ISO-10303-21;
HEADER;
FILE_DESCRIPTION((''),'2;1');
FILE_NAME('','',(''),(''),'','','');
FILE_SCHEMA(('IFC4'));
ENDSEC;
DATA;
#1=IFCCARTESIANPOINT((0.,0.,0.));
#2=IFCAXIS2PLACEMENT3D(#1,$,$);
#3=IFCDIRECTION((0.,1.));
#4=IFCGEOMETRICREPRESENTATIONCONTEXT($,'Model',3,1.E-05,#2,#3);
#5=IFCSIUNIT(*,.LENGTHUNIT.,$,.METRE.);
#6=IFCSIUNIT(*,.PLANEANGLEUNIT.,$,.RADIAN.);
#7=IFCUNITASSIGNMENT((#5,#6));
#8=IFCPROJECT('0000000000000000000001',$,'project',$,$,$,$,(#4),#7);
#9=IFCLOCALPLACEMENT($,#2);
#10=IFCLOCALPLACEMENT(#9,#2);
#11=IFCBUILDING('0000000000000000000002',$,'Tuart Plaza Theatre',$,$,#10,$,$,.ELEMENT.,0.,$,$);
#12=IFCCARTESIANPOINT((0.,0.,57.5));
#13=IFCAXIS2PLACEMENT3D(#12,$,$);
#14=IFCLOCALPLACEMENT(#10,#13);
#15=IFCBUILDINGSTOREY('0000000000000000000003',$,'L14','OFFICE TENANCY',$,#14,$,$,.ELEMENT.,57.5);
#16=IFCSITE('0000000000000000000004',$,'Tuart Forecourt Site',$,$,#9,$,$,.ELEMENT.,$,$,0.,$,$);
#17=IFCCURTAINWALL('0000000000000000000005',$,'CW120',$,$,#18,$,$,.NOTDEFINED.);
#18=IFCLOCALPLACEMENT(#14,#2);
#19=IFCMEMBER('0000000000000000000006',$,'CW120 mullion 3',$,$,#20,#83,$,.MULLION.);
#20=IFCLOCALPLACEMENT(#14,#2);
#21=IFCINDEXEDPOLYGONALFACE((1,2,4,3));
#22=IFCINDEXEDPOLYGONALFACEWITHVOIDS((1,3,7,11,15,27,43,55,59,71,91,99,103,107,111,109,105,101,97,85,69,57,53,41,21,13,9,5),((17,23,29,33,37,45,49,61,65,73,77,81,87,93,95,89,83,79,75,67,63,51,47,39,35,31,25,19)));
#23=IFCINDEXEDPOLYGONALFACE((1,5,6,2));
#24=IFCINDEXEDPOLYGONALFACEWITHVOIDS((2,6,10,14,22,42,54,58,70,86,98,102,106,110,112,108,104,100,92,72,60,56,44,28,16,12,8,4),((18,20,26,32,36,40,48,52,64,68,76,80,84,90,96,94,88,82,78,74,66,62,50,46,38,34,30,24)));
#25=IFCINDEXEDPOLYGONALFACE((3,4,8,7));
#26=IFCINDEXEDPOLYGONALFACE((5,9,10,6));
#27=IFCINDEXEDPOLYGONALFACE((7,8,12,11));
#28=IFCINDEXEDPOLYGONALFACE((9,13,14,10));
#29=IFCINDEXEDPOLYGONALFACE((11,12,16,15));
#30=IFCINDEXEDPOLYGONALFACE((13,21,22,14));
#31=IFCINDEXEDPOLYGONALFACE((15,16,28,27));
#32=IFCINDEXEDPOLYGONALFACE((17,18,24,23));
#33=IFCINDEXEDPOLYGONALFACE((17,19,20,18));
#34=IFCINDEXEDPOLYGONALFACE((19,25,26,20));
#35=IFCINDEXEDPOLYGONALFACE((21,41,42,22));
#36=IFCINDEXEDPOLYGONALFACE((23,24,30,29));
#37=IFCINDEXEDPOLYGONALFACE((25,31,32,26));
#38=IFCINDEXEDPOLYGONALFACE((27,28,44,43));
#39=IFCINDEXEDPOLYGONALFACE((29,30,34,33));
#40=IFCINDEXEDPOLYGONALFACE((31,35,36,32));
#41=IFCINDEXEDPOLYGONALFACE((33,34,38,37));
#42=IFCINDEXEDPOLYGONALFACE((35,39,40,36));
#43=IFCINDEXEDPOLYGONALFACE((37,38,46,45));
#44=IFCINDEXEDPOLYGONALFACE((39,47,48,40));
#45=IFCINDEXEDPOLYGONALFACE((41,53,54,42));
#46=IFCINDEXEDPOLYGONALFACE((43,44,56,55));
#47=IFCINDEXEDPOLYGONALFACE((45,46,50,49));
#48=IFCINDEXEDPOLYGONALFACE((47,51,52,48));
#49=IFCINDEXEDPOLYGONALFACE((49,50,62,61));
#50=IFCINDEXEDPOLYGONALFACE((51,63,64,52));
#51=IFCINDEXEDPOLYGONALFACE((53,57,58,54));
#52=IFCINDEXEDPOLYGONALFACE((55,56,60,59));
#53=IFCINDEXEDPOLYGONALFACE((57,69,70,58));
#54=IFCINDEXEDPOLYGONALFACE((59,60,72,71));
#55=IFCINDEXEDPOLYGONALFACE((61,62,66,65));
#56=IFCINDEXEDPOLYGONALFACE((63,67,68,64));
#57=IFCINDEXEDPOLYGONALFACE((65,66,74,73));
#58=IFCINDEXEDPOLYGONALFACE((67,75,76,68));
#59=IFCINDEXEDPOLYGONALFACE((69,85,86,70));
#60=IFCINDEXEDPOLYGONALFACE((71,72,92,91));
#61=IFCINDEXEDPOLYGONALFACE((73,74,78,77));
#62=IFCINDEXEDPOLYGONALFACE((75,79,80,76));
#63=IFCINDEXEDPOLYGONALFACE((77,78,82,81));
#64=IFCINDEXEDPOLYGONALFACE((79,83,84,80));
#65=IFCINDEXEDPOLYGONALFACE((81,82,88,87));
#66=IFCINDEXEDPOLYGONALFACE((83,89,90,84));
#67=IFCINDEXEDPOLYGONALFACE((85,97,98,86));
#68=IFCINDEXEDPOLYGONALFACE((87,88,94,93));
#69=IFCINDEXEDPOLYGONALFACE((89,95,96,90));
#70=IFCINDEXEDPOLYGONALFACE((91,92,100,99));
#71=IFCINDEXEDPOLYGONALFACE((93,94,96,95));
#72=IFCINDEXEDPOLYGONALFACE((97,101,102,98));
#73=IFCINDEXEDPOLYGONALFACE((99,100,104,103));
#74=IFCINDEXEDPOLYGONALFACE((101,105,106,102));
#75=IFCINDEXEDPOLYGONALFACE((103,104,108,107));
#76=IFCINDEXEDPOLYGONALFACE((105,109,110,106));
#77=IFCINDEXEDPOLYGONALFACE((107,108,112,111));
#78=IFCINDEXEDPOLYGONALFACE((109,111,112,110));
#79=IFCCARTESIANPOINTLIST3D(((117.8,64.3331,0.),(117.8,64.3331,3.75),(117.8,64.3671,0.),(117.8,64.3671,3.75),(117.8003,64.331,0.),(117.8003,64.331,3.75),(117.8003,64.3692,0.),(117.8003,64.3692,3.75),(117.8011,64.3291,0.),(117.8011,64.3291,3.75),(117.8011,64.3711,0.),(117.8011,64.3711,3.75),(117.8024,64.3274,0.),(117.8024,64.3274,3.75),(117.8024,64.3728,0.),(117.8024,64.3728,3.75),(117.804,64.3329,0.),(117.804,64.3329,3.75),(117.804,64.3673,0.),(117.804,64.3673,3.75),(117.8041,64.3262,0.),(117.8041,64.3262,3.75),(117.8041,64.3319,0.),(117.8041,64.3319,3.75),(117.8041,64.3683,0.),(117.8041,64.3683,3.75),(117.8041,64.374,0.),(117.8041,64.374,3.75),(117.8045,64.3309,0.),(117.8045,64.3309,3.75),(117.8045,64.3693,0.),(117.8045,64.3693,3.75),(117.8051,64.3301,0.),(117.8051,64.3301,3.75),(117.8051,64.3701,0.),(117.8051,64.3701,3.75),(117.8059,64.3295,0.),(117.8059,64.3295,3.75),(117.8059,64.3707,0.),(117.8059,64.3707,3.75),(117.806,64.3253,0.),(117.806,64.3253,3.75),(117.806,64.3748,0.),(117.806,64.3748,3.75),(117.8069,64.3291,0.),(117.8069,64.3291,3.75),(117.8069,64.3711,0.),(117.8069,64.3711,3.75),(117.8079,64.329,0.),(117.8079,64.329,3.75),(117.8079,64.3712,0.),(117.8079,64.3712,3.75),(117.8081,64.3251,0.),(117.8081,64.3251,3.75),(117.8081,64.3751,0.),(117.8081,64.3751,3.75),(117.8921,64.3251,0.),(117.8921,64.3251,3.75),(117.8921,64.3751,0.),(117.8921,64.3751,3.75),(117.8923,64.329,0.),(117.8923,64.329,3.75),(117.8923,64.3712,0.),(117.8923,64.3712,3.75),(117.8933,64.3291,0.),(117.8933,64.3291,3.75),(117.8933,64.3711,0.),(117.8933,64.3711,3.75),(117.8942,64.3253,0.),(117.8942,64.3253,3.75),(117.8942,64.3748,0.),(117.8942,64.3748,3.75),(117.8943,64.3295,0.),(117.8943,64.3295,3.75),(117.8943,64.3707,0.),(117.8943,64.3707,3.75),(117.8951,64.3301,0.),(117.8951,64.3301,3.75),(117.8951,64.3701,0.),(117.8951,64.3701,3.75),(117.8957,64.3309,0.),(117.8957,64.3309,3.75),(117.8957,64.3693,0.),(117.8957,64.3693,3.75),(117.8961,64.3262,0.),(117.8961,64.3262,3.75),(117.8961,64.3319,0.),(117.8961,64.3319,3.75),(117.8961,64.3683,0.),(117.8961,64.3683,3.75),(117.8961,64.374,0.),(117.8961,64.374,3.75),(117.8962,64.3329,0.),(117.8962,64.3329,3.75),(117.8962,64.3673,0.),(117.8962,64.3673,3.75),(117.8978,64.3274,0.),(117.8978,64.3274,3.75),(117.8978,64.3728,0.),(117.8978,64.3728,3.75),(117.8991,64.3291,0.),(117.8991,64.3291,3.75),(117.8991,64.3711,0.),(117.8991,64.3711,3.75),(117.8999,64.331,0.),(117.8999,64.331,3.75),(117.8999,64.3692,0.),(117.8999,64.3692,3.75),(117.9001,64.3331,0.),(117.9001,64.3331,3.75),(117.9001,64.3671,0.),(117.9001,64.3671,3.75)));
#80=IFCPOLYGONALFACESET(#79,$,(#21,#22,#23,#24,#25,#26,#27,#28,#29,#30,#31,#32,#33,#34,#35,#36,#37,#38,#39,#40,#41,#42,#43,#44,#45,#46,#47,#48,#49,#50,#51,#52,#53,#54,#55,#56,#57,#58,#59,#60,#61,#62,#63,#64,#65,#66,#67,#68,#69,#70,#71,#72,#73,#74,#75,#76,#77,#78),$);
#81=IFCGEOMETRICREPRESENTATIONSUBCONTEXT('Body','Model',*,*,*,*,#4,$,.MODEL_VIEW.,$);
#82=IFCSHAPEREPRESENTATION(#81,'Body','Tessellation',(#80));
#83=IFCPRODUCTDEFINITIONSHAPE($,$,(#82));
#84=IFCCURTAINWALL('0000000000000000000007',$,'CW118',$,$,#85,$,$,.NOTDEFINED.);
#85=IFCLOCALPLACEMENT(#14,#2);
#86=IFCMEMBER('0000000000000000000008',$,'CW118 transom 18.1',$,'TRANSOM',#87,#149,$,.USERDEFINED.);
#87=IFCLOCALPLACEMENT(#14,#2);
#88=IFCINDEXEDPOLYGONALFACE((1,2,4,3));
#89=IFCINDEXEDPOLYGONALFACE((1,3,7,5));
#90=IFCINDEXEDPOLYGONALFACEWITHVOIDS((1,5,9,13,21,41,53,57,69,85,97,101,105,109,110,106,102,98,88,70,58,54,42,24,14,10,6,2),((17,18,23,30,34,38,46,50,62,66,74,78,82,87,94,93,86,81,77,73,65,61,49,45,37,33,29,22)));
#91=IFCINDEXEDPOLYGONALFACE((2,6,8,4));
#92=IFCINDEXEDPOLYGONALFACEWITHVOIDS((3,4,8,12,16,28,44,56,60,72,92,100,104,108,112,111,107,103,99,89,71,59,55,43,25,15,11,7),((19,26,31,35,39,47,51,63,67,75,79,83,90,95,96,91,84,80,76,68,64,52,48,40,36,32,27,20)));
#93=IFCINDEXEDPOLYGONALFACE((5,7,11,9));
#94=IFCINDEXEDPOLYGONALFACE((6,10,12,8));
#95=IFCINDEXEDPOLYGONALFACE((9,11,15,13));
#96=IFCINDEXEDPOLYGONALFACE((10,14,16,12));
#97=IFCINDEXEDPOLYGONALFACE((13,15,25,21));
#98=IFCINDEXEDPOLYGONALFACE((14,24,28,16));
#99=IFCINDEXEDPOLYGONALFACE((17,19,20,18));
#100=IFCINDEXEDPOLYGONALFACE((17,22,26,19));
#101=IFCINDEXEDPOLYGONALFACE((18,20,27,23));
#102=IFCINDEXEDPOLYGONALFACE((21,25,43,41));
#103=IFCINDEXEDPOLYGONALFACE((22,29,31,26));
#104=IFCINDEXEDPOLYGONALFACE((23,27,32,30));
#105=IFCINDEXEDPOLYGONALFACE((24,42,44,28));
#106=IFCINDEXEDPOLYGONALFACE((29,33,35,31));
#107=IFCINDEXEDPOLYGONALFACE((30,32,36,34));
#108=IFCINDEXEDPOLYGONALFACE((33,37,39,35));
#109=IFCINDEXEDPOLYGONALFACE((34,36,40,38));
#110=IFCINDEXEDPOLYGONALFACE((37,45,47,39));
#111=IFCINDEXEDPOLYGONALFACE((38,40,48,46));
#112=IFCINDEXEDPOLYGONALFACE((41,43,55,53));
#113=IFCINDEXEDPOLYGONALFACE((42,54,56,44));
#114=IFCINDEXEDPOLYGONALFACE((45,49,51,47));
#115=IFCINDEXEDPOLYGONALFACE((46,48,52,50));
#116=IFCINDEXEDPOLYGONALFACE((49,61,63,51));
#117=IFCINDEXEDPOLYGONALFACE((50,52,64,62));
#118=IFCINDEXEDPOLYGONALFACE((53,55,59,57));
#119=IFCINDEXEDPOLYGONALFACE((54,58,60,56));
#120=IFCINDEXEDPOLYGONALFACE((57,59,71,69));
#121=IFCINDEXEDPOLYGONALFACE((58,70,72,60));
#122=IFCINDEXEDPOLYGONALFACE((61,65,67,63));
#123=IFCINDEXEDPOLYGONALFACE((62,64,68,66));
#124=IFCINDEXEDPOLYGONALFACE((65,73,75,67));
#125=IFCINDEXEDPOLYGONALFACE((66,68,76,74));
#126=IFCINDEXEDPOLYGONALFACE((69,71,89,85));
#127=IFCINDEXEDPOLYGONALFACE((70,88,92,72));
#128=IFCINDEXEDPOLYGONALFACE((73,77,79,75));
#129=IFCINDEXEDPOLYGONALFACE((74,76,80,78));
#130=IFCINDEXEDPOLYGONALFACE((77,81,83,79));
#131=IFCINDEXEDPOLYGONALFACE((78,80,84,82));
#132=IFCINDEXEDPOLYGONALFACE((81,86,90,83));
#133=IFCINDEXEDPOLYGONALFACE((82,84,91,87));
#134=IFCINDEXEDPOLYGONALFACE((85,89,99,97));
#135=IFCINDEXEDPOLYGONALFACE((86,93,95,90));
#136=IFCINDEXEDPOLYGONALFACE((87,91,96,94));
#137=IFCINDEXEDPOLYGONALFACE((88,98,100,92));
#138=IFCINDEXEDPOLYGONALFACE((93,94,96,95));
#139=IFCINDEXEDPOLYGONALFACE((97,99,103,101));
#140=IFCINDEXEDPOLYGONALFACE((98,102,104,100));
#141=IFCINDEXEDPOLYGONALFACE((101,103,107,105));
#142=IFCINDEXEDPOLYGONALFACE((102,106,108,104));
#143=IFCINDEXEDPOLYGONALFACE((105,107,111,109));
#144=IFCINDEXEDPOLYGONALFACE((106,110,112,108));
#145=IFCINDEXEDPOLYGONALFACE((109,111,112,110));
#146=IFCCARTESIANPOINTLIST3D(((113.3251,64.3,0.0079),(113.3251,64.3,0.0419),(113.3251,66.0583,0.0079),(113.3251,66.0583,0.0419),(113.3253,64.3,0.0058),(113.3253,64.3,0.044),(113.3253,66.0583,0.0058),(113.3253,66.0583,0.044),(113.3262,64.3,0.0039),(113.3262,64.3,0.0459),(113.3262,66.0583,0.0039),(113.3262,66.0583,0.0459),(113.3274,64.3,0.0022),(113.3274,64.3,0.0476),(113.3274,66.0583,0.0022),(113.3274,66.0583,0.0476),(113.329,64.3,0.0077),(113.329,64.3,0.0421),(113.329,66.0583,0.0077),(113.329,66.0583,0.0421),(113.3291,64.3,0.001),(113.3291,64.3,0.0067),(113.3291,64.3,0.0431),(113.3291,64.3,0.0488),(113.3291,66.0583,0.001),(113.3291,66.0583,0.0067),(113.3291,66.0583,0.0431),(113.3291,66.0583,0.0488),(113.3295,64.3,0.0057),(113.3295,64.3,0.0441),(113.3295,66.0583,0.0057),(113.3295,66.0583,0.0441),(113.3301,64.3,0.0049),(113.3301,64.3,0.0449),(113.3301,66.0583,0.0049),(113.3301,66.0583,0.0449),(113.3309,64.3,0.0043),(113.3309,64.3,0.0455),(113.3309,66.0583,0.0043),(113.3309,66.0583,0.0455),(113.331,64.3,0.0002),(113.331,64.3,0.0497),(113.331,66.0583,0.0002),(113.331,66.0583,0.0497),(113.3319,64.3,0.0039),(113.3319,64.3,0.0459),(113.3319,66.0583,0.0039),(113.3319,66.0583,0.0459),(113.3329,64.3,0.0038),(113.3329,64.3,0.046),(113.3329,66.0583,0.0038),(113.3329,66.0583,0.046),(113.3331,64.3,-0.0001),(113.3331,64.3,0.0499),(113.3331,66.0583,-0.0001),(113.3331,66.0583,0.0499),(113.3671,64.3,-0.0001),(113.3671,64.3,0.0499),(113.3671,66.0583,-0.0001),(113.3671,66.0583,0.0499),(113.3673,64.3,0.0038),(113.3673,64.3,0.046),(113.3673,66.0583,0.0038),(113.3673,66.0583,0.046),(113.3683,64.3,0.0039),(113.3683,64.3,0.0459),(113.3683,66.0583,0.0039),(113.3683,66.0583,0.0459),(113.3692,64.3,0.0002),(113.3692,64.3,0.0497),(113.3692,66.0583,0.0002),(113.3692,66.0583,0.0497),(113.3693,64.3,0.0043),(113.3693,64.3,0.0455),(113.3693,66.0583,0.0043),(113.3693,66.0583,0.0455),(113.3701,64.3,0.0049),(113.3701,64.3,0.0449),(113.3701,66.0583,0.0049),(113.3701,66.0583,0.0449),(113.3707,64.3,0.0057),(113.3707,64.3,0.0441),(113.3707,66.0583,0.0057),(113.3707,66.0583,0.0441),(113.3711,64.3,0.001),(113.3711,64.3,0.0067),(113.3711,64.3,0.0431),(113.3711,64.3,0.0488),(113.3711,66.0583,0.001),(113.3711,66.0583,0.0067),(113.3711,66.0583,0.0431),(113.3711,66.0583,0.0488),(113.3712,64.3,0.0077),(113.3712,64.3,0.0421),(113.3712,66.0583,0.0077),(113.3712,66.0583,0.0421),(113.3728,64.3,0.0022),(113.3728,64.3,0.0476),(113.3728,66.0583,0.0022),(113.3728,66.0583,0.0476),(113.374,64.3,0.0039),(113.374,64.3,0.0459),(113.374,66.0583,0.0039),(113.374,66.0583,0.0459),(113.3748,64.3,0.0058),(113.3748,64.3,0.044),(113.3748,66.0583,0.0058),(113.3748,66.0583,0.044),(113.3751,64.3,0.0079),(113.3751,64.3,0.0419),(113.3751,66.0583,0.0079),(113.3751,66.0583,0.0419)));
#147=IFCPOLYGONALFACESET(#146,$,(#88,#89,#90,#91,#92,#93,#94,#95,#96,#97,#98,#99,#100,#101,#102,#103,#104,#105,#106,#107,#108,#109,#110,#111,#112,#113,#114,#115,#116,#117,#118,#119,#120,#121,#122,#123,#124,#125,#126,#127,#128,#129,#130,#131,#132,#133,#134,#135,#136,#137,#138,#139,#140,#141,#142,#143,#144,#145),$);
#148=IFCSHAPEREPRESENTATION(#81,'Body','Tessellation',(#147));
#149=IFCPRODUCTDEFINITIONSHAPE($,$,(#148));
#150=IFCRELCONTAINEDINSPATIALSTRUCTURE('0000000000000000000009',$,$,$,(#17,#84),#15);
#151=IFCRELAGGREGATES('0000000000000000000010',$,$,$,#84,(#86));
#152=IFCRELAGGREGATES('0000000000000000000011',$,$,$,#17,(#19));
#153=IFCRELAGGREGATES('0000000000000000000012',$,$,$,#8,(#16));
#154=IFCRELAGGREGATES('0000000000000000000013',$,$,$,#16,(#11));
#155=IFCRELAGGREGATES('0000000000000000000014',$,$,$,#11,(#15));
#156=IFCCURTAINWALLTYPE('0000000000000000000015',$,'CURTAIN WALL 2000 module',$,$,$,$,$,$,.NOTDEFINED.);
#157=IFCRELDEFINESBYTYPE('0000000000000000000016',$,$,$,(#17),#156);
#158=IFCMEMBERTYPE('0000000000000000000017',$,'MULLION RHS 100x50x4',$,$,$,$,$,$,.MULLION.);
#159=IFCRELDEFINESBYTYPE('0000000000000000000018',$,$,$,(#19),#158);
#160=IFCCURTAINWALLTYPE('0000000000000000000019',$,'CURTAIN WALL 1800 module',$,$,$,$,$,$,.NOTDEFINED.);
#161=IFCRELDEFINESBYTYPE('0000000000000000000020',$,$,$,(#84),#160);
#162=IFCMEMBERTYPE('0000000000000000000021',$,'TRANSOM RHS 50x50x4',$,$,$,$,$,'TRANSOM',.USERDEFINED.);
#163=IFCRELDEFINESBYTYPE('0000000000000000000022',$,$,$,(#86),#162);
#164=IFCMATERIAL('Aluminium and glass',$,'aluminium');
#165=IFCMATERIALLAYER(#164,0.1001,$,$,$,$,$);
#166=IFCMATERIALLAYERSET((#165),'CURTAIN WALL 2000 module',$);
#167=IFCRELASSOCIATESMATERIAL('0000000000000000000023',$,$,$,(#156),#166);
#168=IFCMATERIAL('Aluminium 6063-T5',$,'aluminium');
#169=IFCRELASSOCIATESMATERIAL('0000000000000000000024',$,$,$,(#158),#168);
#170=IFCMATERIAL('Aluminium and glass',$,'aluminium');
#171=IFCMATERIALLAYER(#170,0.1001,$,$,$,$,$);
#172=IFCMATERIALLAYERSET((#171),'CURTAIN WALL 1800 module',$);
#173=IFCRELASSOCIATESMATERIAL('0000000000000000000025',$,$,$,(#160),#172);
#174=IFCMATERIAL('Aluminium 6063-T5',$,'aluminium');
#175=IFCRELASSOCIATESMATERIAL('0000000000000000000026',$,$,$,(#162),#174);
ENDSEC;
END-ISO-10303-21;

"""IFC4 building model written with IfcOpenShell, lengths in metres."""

from ifc_helpers import new_model, si_unit, direction, frame, origin, origin_2d, place, context, subcontext, project, spatial, hollow_rectangle, extrude, material, layer, layer_set, material_profile, profile_set, type_object, element, aggregate, save


model = new_model("IFC4")

# Units and contexts
model_context = context("Model", 3, precision=1e-05, world=origin(), true_north=direction((0.0, 1.0)))
body_context = subcontext(model_context, "Body", "Model", "MODEL_VIEW")
ifc_project = project(units=[si_unit("LENGTHUNIT", "METRE"), si_unit("PLANEANGLEUNIT", "RADIAN")], contexts=[model_context])

# Site, building, storey
site_placement = place(None, origin())
site = spatial("IfcSite", under=ifc_project, at=site_placement, Name="Tuart Forecourt Site", CompositionType="ELEMENT", RefElevation=0.0)
building_placement = place(site_placement, origin())
building = spatial("IfcBuilding", under=site, at=building_placement, Name="Tuart Plaza Theatre", CompositionType="ELEMENT", ElevationOfRefHeight=0.0)
storey_placement = place(building_placement, frame((0.0, 0.0, 57.5)))
storey = spatial("IfcBuildingStorey", under=building, at=storey_placement, Name="L14", Description="OFFICE TENANCY", CompositionType="ELEMENT", Elevation=57.5)

# Curtain wall, member
ifc_material_1 = material(Name="Aluminium and glass", Category="aluminium")
ifc_layer_1 = layer(ifc_material_1, 0.1001)
ifc_layer_set_1 = layer_set([ifc_layer_1], Name="CURTAIN WALL 2000 module")
curtain_wall_type_1 = type_object("IfcCurtainWallType", Name="CURTAIN WALL 2000 module", PredefinedType="NOTDEFINED", material=ifc_layer_set_1)
curtain_wall_1_placement = place(storey_placement, origin())
curtain_wall_1 = element("IfcCurtainWall", 1, at=curtain_wall_1_placement, inside=storey, type_object=curtain_wall_type_1, Name="CW120", PredefinedType="NOTDEFINED")
ifc_material_2 = material(Name="Aluminium 6063-T5", Category="aluminium")
ifc_material_profile_1 = material_profile(ifc_material_2, hollow_rectangle(XDim=0.05, YDim=0.1001, WallThickness=0.0039, InnerFilletRadius=0.0039, OuterFilletRadius=0.0081, at=origin_2d()), Name="RHS 100x50x4")
ifc_profile_set_1 = profile_set([ifc_material_profile_1], Name="Aluminium 6063-T5")
member_type_1 = type_object("IfcMemberType", Name="MULLION RHS 100x50x4", PredefinedType="MULLION", material=ifc_profile_set_1)
member_1_placement = place(storey_placement, frame((117.8501, 64.3501, 0.0), z_axis=(0.0, 0.0, 1.0), x_axis=(0.0, 1.0, 0.0)))
member_1 = element("IfcMember", 2, at=member_1_placement, type_object=member_type_1, Name="CW120 mullion 3", PredefinedType="MULLION", context=body_context, shape_type="SweptSolid", body=[
    extrude(hollow_rectangle(XDim=0.05, YDim=0.1001, WallThickness=0.0039, InnerFilletRadius=0.0039, OuterFilletRadius=0.0081, at=origin_2d()), origin(), (0.0, 0.0, 1.0), 3.75),
])

# Curtain wall, member
ifc_material_3 = material(Name="Aluminium and glass", Category="aluminium")
ifc_layer_2 = layer(ifc_material_3, 0.1001)
ifc_layer_set_2 = layer_set([ifc_layer_2], Name="CURTAIN WALL 1800 module")
curtain_wall_type_2 = type_object("IfcCurtainWallType", Name="CURTAIN WALL 1800 module", PredefinedType="NOTDEFINED", material=ifc_layer_set_2)
curtain_wall_2_placement = place(storey_placement, origin())
curtain_wall_2 = element("IfcCurtainWall", 3, at=curtain_wall_2_placement, inside=storey, type_object=curtain_wall_type_2, Name="CW118", PredefinedType="NOTDEFINED")
ifc_material_4 = material(Name="Aluminium 6063-T5", Category="aluminium")
ifc_material_profile_2 = material_profile(ifc_material_4, hollow_rectangle(XDim=0.05, YDim=0.05, WallThickness=0.0039, InnerFilletRadius=0.0039, OuterFilletRadius=0.0081, at=origin_2d()), Name="RHS 50x50x4")
ifc_profile_set_2 = profile_set([ifc_material_profile_2], Name="Aluminium 6063-T5")
member_type_2 = type_object("IfcMemberType", Name="TRANSOM RHS 50x50x4", ElementType="TRANSOM", PredefinedType="USERDEFINED", material=ifc_profile_set_2)
member_2_placement = place(storey_placement, frame((113.3501, 66.0583, 0.0249), z_axis=(0.0, -1.0, 0.0), x_axis=(1.0, 0.0, 0.0)))
member_2 = element("IfcMember", 4, at=member_2_placement, type_object=member_type_2, Name="CW118 transom 18.1", ObjectType="TRANSOM", PredefinedType="USERDEFINED", context=body_context, shape_type="SweptSolid", body=[
    extrude(hollow_rectangle(XDim=0.05, YDim=0.05, WallThickness=0.0039, InnerFilletRadius=0.0039, OuterFilletRadius=0.0081, at=origin_2d()), origin(), (0.0, 0.0, 1.0), 1.7583),
])

aggregate(curtain_wall_2, [member_2])
aggregate(curtain_wall_1, [member_1])

save(model, "model.ifc")
